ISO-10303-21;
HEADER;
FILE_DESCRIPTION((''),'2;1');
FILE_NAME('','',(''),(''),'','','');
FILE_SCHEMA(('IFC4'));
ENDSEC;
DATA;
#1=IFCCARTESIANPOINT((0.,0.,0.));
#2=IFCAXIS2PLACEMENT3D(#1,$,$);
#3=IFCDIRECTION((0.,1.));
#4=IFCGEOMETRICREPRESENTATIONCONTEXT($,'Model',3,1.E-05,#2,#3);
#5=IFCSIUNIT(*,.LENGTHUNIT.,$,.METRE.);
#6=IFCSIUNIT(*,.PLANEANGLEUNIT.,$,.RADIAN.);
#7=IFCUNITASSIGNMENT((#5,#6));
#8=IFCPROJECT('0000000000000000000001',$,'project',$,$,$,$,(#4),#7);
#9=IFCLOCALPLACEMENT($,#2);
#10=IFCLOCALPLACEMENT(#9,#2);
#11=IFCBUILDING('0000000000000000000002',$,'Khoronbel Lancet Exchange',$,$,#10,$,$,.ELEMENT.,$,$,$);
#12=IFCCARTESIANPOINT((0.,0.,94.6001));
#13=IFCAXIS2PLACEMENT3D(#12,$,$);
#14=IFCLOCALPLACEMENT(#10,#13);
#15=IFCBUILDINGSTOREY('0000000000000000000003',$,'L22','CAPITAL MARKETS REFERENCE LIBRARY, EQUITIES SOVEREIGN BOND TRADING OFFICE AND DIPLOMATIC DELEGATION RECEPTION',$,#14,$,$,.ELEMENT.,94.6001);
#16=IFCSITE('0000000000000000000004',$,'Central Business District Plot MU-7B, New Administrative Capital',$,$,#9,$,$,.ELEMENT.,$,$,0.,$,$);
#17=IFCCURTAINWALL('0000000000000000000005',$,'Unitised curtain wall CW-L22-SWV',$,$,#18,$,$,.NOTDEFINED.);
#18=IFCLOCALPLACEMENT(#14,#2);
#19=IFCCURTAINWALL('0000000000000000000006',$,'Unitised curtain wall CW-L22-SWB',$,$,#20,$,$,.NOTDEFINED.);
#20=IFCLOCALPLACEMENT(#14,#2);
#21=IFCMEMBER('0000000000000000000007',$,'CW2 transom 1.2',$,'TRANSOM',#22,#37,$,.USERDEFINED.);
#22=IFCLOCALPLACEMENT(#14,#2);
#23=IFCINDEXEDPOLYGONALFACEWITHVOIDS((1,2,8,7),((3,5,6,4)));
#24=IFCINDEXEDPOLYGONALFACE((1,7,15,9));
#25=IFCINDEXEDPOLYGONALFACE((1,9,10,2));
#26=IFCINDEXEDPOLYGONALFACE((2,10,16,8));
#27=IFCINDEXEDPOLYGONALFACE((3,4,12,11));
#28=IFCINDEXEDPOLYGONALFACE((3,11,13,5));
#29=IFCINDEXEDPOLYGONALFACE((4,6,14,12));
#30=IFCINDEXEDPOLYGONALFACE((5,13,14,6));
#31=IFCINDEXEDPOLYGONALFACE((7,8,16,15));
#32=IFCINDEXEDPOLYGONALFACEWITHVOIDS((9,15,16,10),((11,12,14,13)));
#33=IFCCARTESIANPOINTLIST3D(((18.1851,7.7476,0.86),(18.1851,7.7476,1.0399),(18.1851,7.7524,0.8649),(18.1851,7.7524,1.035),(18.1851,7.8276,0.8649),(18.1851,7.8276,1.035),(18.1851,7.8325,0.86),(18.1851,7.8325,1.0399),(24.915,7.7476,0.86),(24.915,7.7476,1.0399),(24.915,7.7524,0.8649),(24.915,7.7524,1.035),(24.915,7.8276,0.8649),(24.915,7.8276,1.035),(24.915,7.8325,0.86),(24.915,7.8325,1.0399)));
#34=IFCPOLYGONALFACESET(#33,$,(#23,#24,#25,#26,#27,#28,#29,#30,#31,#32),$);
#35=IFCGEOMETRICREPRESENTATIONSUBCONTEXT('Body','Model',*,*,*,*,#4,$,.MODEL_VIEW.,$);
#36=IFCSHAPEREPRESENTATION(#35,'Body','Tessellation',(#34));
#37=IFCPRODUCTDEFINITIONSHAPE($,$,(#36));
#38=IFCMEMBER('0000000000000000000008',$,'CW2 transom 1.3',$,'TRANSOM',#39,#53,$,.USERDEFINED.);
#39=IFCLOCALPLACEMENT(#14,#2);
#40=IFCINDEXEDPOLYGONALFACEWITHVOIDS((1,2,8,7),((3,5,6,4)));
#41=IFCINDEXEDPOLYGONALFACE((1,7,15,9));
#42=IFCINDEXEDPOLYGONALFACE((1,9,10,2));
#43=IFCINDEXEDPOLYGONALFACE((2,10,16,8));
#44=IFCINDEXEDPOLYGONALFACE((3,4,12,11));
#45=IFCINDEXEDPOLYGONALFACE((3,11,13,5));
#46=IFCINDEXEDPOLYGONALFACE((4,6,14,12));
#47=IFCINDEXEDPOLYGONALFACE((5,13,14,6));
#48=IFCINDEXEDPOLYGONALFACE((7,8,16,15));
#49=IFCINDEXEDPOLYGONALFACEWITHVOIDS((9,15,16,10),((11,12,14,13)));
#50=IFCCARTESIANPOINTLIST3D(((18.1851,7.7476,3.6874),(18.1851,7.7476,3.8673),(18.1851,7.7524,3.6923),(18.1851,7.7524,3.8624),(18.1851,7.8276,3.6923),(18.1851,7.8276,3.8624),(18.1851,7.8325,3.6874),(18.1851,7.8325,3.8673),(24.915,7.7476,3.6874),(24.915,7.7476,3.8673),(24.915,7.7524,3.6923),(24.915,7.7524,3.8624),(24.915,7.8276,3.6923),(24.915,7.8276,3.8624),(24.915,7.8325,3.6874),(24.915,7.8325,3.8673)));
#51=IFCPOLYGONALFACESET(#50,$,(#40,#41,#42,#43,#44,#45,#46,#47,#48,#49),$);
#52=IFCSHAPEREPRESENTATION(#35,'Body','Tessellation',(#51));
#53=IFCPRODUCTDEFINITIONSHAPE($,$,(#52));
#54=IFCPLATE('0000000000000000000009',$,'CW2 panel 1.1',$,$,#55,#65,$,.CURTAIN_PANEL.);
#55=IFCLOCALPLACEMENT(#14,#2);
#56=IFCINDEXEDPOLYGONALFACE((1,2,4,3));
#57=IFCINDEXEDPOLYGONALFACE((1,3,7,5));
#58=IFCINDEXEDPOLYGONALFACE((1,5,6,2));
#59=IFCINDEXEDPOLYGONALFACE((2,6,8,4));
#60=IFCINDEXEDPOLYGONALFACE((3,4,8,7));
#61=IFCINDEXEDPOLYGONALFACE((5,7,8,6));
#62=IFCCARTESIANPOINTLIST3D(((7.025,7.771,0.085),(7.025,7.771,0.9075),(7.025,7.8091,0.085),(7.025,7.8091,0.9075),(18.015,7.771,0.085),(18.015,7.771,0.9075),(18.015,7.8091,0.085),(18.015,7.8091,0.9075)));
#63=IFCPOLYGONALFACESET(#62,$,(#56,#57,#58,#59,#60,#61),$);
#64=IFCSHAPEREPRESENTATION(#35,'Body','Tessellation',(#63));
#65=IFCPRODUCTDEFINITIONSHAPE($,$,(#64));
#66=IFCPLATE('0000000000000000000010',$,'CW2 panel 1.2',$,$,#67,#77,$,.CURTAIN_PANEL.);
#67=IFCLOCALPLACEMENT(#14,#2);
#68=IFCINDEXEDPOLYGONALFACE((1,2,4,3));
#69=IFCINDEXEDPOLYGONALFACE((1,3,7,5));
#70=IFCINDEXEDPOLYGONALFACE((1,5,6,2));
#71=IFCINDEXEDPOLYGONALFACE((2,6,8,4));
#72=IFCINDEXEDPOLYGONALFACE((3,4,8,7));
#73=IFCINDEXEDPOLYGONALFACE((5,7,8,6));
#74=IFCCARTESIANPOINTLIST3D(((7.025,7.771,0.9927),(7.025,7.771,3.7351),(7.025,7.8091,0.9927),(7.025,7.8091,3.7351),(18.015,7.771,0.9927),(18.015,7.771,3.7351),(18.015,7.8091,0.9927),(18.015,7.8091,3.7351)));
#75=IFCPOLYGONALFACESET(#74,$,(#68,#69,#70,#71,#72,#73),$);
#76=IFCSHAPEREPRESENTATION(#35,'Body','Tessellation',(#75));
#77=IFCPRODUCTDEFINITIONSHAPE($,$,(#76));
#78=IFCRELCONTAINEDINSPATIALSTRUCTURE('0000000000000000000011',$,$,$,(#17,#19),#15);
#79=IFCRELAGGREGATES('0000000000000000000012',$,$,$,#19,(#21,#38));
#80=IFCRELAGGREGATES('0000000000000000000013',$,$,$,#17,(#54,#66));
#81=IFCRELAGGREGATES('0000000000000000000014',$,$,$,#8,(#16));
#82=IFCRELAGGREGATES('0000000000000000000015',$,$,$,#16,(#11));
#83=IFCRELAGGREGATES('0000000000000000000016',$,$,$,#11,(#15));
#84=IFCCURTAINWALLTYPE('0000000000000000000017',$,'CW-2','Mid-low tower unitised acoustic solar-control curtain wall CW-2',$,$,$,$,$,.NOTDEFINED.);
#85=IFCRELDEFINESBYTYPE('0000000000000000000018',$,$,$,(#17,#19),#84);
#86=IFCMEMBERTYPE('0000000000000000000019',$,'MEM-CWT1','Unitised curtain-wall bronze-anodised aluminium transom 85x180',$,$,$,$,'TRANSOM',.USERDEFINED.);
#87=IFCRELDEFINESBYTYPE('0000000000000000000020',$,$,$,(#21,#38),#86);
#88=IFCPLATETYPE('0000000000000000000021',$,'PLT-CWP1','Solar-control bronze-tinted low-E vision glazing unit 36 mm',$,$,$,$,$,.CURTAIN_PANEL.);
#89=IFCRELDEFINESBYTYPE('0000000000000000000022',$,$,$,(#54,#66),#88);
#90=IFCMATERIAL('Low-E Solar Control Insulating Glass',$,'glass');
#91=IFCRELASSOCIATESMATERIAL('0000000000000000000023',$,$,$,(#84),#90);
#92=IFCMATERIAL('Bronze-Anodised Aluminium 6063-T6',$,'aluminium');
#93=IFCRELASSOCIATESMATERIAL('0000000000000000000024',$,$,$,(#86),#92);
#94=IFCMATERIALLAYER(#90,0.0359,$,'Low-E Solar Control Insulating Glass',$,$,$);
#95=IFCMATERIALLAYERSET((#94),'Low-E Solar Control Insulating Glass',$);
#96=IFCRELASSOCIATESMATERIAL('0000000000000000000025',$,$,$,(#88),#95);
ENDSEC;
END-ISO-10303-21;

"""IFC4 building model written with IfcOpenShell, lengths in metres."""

from ifc_helpers import new_model, si_unit, direction, frame, origin, origin_2d, place, context, subcontext, project, spatial, rectangle, hollow_rectangle, extrude, material, layer, layer_set, material_profile, profile_set, type_object, element, aggregate, save


model = new_model("IFC4")

# Units and contexts
model_context = context("Model", 3, precision=1e-05, world=origin(), true_north=direction((0.0, 1.0)))
body_context = subcontext(model_context, "Body", "Model", "MODEL_VIEW")
ifc_project = project(units=[si_unit("LENGTHUNIT", "METRE"), si_unit("PLANEANGLEUNIT", "RADIAN")], contexts=[model_context])

# Site, building, storey
site_placement = place(None, origin())
site = spatial("IfcSite", under=ifc_project, at=site_placement, Name="Central Business District Plot MU-7B, New Administrative Capital", CompositionType="ELEMENT", RefElevation=0.0)
building_placement = place(site_placement, origin())
building = spatial("IfcBuilding", under=site, at=building_placement, Name="Khoronbel Lancet Exchange", CompositionType="ELEMENT")
storey_placement = place(building_placement, frame((0.0, 0.0, 94.6001)))
storey = spatial("IfcBuildingStorey", under=building, at=storey_placement, Name="L22", Description="CAPITAL MARKETS REFERENCE LIBRARY, EQUITIES SOVEREIGN BOND TRADING OFFICE AND DIPLOMATIC DELEGATION RECEPTION", CompositionType="ELEMENT", Elevation=94.6001)

# Curtain wall
ifc_material_1 = material(Name="Low-E Solar Control Insulating Glass", Category="glass")
curtain_wall_type = type_object("IfcCurtainWallType", Name="CW-2", Description="Mid-low tower unitised acoustic solar-control curtain wall CW-2", PredefinedType="NOTDEFINED", material=ifc_material_1)
curtain_wall_1_placement = place(storey_placement, origin())
curtain_wall_1 = element("IfcCurtainWall", 1, at=curtain_wall_1_placement, inside=storey, type_object=curtain_wall_type, Name="Unitised curtain wall CW-L22-SWV", PredefinedType="NOTDEFINED")
ifc_material_2 = material(Name="Bronze-Anodised Aluminium 6063-T6", Category="aluminium")

# Curtain wall
curtain_wall_2_placement = place(storey_placement, origin())
curtain_wall_2 = element("IfcCurtainWall", 2, at=curtain_wall_2_placement, inside=storey, type_object=curtain_wall_type, Name="Unitised curtain wall CW-L22-SWB", PredefinedType="NOTDEFINED")

# Members
ifc_material_profile_1 = material_profile(ifc_material_2, hollow_rectangle(XDim=0.085, YDim=0.1799, WallThickness=0.0049, at=origin_2d()), Name="ALU TRANSOM 85x180")
ifc_profile_set_1 = profile_set([ifc_material_profile_1], Name="Bronze-Anodised Aluminium 6063-T6")
member_type_1 = type_object("IfcMemberType", Name="MEM-CWT1", Description="Unitised curtain-wall bronze-anodised aluminium transom 85x180", ElementType="TRANSOM", PredefinedType="USERDEFINED", material=ifc_profile_set_1)
member_1_placement = place(storey_placement, frame((18.1851, 7.79, 0.95), z_axis=(1.0, 0.0, 0.0), x_axis=(0.0, 1.0, 0.0)))
member_1 = element("IfcMember", 3, at=member_1_placement, type_object=member_type_1, Name="CW2 transom 1.2", ObjectType="TRANSOM", PredefinedType="USERDEFINED", context=body_context, shape_type="SweptSolid", body=[
    extrude(hollow_rectangle(XDim=0.085, YDim=0.1799, WallThickness=0.0049, at=origin_2d()), origin(), (0.0, 0.0, 1.0), 6.73),
])
member_2_placement = place(storey_placement, frame((18.1851, 7.79, 3.7773), z_axis=(1.0, 0.0, 0.0), x_axis=(0.0, 1.0, 0.0)))
member_2 = element("IfcMember", 4, at=member_2_placement, type_object=member_type_1, Name="CW2 transom 1.3", ObjectType="TRANSOM", PredefinedType="USERDEFINED", context=body_context, shape_type="SweptSolid", body=[
    extrude(hollow_rectangle(XDim=0.085, YDim=0.1799, WallThickness=0.0049, at=origin_2d()), origin(), (0.0, 0.0, 1.0), 6.73),
])
aggregate(curtain_wall_2, [member_1, member_2])

# Plates
ifc_layer_1 = layer(ifc_material_1, 0.0359, Name="Low-E Solar Control Insulating Glass")
ifc_layer_set_1 = layer_set([ifc_layer_1], Name="Low-E Solar Control Insulating Glass")
plate_type = type_object("IfcPlateType", Name="PLT-CWP1", Description="Solar-control bronze-tinted low-E vision glazing unit 36 mm", PredefinedType="CURTAIN_PANEL", material=ifc_layer_set_1)
plate_1_placement = place(storey_placement, frame((12.52, 7.79, 0.085), z_axis=(0.0, 0.0, 1.0), x_axis=(1.0, 0.0, 0.0)))
plate_1 = element("IfcPlate", 5, at=plate_1_placement, type_object=plate_type, Name="CW2 panel 1.1", PredefinedType="CURTAIN_PANEL", context=body_context, shape_type="SweptSolid", body=[
    extrude(rectangle(XDim=10.99, YDim=0.0381, at=origin_2d()), origin(), (0.0, 0.0, 1.0), 0.8225),
])
plate_2_placement = place(storey_placement, frame((12.52, 7.79, 0.9927), z_axis=(0.0, 0.0, 1.0), x_axis=(1.0, 0.0, 0.0)))
plate_2 = element("IfcPlate", 6, at=plate_2_placement, type_object=plate_type, Name="CW2 panel 1.2", PredefinedType="CURTAIN_PANEL", context=body_context, shape_type="SweptSolid", body=[
    extrude(rectangle(XDim=10.99, YDim=0.0381, at=origin_2d()), origin(), (0.0, 0.0, 1.0), 2.7424),
])
aggregate(curtain_wall_1, [plate_1, plate_2])

save(model, "model.ifc")
